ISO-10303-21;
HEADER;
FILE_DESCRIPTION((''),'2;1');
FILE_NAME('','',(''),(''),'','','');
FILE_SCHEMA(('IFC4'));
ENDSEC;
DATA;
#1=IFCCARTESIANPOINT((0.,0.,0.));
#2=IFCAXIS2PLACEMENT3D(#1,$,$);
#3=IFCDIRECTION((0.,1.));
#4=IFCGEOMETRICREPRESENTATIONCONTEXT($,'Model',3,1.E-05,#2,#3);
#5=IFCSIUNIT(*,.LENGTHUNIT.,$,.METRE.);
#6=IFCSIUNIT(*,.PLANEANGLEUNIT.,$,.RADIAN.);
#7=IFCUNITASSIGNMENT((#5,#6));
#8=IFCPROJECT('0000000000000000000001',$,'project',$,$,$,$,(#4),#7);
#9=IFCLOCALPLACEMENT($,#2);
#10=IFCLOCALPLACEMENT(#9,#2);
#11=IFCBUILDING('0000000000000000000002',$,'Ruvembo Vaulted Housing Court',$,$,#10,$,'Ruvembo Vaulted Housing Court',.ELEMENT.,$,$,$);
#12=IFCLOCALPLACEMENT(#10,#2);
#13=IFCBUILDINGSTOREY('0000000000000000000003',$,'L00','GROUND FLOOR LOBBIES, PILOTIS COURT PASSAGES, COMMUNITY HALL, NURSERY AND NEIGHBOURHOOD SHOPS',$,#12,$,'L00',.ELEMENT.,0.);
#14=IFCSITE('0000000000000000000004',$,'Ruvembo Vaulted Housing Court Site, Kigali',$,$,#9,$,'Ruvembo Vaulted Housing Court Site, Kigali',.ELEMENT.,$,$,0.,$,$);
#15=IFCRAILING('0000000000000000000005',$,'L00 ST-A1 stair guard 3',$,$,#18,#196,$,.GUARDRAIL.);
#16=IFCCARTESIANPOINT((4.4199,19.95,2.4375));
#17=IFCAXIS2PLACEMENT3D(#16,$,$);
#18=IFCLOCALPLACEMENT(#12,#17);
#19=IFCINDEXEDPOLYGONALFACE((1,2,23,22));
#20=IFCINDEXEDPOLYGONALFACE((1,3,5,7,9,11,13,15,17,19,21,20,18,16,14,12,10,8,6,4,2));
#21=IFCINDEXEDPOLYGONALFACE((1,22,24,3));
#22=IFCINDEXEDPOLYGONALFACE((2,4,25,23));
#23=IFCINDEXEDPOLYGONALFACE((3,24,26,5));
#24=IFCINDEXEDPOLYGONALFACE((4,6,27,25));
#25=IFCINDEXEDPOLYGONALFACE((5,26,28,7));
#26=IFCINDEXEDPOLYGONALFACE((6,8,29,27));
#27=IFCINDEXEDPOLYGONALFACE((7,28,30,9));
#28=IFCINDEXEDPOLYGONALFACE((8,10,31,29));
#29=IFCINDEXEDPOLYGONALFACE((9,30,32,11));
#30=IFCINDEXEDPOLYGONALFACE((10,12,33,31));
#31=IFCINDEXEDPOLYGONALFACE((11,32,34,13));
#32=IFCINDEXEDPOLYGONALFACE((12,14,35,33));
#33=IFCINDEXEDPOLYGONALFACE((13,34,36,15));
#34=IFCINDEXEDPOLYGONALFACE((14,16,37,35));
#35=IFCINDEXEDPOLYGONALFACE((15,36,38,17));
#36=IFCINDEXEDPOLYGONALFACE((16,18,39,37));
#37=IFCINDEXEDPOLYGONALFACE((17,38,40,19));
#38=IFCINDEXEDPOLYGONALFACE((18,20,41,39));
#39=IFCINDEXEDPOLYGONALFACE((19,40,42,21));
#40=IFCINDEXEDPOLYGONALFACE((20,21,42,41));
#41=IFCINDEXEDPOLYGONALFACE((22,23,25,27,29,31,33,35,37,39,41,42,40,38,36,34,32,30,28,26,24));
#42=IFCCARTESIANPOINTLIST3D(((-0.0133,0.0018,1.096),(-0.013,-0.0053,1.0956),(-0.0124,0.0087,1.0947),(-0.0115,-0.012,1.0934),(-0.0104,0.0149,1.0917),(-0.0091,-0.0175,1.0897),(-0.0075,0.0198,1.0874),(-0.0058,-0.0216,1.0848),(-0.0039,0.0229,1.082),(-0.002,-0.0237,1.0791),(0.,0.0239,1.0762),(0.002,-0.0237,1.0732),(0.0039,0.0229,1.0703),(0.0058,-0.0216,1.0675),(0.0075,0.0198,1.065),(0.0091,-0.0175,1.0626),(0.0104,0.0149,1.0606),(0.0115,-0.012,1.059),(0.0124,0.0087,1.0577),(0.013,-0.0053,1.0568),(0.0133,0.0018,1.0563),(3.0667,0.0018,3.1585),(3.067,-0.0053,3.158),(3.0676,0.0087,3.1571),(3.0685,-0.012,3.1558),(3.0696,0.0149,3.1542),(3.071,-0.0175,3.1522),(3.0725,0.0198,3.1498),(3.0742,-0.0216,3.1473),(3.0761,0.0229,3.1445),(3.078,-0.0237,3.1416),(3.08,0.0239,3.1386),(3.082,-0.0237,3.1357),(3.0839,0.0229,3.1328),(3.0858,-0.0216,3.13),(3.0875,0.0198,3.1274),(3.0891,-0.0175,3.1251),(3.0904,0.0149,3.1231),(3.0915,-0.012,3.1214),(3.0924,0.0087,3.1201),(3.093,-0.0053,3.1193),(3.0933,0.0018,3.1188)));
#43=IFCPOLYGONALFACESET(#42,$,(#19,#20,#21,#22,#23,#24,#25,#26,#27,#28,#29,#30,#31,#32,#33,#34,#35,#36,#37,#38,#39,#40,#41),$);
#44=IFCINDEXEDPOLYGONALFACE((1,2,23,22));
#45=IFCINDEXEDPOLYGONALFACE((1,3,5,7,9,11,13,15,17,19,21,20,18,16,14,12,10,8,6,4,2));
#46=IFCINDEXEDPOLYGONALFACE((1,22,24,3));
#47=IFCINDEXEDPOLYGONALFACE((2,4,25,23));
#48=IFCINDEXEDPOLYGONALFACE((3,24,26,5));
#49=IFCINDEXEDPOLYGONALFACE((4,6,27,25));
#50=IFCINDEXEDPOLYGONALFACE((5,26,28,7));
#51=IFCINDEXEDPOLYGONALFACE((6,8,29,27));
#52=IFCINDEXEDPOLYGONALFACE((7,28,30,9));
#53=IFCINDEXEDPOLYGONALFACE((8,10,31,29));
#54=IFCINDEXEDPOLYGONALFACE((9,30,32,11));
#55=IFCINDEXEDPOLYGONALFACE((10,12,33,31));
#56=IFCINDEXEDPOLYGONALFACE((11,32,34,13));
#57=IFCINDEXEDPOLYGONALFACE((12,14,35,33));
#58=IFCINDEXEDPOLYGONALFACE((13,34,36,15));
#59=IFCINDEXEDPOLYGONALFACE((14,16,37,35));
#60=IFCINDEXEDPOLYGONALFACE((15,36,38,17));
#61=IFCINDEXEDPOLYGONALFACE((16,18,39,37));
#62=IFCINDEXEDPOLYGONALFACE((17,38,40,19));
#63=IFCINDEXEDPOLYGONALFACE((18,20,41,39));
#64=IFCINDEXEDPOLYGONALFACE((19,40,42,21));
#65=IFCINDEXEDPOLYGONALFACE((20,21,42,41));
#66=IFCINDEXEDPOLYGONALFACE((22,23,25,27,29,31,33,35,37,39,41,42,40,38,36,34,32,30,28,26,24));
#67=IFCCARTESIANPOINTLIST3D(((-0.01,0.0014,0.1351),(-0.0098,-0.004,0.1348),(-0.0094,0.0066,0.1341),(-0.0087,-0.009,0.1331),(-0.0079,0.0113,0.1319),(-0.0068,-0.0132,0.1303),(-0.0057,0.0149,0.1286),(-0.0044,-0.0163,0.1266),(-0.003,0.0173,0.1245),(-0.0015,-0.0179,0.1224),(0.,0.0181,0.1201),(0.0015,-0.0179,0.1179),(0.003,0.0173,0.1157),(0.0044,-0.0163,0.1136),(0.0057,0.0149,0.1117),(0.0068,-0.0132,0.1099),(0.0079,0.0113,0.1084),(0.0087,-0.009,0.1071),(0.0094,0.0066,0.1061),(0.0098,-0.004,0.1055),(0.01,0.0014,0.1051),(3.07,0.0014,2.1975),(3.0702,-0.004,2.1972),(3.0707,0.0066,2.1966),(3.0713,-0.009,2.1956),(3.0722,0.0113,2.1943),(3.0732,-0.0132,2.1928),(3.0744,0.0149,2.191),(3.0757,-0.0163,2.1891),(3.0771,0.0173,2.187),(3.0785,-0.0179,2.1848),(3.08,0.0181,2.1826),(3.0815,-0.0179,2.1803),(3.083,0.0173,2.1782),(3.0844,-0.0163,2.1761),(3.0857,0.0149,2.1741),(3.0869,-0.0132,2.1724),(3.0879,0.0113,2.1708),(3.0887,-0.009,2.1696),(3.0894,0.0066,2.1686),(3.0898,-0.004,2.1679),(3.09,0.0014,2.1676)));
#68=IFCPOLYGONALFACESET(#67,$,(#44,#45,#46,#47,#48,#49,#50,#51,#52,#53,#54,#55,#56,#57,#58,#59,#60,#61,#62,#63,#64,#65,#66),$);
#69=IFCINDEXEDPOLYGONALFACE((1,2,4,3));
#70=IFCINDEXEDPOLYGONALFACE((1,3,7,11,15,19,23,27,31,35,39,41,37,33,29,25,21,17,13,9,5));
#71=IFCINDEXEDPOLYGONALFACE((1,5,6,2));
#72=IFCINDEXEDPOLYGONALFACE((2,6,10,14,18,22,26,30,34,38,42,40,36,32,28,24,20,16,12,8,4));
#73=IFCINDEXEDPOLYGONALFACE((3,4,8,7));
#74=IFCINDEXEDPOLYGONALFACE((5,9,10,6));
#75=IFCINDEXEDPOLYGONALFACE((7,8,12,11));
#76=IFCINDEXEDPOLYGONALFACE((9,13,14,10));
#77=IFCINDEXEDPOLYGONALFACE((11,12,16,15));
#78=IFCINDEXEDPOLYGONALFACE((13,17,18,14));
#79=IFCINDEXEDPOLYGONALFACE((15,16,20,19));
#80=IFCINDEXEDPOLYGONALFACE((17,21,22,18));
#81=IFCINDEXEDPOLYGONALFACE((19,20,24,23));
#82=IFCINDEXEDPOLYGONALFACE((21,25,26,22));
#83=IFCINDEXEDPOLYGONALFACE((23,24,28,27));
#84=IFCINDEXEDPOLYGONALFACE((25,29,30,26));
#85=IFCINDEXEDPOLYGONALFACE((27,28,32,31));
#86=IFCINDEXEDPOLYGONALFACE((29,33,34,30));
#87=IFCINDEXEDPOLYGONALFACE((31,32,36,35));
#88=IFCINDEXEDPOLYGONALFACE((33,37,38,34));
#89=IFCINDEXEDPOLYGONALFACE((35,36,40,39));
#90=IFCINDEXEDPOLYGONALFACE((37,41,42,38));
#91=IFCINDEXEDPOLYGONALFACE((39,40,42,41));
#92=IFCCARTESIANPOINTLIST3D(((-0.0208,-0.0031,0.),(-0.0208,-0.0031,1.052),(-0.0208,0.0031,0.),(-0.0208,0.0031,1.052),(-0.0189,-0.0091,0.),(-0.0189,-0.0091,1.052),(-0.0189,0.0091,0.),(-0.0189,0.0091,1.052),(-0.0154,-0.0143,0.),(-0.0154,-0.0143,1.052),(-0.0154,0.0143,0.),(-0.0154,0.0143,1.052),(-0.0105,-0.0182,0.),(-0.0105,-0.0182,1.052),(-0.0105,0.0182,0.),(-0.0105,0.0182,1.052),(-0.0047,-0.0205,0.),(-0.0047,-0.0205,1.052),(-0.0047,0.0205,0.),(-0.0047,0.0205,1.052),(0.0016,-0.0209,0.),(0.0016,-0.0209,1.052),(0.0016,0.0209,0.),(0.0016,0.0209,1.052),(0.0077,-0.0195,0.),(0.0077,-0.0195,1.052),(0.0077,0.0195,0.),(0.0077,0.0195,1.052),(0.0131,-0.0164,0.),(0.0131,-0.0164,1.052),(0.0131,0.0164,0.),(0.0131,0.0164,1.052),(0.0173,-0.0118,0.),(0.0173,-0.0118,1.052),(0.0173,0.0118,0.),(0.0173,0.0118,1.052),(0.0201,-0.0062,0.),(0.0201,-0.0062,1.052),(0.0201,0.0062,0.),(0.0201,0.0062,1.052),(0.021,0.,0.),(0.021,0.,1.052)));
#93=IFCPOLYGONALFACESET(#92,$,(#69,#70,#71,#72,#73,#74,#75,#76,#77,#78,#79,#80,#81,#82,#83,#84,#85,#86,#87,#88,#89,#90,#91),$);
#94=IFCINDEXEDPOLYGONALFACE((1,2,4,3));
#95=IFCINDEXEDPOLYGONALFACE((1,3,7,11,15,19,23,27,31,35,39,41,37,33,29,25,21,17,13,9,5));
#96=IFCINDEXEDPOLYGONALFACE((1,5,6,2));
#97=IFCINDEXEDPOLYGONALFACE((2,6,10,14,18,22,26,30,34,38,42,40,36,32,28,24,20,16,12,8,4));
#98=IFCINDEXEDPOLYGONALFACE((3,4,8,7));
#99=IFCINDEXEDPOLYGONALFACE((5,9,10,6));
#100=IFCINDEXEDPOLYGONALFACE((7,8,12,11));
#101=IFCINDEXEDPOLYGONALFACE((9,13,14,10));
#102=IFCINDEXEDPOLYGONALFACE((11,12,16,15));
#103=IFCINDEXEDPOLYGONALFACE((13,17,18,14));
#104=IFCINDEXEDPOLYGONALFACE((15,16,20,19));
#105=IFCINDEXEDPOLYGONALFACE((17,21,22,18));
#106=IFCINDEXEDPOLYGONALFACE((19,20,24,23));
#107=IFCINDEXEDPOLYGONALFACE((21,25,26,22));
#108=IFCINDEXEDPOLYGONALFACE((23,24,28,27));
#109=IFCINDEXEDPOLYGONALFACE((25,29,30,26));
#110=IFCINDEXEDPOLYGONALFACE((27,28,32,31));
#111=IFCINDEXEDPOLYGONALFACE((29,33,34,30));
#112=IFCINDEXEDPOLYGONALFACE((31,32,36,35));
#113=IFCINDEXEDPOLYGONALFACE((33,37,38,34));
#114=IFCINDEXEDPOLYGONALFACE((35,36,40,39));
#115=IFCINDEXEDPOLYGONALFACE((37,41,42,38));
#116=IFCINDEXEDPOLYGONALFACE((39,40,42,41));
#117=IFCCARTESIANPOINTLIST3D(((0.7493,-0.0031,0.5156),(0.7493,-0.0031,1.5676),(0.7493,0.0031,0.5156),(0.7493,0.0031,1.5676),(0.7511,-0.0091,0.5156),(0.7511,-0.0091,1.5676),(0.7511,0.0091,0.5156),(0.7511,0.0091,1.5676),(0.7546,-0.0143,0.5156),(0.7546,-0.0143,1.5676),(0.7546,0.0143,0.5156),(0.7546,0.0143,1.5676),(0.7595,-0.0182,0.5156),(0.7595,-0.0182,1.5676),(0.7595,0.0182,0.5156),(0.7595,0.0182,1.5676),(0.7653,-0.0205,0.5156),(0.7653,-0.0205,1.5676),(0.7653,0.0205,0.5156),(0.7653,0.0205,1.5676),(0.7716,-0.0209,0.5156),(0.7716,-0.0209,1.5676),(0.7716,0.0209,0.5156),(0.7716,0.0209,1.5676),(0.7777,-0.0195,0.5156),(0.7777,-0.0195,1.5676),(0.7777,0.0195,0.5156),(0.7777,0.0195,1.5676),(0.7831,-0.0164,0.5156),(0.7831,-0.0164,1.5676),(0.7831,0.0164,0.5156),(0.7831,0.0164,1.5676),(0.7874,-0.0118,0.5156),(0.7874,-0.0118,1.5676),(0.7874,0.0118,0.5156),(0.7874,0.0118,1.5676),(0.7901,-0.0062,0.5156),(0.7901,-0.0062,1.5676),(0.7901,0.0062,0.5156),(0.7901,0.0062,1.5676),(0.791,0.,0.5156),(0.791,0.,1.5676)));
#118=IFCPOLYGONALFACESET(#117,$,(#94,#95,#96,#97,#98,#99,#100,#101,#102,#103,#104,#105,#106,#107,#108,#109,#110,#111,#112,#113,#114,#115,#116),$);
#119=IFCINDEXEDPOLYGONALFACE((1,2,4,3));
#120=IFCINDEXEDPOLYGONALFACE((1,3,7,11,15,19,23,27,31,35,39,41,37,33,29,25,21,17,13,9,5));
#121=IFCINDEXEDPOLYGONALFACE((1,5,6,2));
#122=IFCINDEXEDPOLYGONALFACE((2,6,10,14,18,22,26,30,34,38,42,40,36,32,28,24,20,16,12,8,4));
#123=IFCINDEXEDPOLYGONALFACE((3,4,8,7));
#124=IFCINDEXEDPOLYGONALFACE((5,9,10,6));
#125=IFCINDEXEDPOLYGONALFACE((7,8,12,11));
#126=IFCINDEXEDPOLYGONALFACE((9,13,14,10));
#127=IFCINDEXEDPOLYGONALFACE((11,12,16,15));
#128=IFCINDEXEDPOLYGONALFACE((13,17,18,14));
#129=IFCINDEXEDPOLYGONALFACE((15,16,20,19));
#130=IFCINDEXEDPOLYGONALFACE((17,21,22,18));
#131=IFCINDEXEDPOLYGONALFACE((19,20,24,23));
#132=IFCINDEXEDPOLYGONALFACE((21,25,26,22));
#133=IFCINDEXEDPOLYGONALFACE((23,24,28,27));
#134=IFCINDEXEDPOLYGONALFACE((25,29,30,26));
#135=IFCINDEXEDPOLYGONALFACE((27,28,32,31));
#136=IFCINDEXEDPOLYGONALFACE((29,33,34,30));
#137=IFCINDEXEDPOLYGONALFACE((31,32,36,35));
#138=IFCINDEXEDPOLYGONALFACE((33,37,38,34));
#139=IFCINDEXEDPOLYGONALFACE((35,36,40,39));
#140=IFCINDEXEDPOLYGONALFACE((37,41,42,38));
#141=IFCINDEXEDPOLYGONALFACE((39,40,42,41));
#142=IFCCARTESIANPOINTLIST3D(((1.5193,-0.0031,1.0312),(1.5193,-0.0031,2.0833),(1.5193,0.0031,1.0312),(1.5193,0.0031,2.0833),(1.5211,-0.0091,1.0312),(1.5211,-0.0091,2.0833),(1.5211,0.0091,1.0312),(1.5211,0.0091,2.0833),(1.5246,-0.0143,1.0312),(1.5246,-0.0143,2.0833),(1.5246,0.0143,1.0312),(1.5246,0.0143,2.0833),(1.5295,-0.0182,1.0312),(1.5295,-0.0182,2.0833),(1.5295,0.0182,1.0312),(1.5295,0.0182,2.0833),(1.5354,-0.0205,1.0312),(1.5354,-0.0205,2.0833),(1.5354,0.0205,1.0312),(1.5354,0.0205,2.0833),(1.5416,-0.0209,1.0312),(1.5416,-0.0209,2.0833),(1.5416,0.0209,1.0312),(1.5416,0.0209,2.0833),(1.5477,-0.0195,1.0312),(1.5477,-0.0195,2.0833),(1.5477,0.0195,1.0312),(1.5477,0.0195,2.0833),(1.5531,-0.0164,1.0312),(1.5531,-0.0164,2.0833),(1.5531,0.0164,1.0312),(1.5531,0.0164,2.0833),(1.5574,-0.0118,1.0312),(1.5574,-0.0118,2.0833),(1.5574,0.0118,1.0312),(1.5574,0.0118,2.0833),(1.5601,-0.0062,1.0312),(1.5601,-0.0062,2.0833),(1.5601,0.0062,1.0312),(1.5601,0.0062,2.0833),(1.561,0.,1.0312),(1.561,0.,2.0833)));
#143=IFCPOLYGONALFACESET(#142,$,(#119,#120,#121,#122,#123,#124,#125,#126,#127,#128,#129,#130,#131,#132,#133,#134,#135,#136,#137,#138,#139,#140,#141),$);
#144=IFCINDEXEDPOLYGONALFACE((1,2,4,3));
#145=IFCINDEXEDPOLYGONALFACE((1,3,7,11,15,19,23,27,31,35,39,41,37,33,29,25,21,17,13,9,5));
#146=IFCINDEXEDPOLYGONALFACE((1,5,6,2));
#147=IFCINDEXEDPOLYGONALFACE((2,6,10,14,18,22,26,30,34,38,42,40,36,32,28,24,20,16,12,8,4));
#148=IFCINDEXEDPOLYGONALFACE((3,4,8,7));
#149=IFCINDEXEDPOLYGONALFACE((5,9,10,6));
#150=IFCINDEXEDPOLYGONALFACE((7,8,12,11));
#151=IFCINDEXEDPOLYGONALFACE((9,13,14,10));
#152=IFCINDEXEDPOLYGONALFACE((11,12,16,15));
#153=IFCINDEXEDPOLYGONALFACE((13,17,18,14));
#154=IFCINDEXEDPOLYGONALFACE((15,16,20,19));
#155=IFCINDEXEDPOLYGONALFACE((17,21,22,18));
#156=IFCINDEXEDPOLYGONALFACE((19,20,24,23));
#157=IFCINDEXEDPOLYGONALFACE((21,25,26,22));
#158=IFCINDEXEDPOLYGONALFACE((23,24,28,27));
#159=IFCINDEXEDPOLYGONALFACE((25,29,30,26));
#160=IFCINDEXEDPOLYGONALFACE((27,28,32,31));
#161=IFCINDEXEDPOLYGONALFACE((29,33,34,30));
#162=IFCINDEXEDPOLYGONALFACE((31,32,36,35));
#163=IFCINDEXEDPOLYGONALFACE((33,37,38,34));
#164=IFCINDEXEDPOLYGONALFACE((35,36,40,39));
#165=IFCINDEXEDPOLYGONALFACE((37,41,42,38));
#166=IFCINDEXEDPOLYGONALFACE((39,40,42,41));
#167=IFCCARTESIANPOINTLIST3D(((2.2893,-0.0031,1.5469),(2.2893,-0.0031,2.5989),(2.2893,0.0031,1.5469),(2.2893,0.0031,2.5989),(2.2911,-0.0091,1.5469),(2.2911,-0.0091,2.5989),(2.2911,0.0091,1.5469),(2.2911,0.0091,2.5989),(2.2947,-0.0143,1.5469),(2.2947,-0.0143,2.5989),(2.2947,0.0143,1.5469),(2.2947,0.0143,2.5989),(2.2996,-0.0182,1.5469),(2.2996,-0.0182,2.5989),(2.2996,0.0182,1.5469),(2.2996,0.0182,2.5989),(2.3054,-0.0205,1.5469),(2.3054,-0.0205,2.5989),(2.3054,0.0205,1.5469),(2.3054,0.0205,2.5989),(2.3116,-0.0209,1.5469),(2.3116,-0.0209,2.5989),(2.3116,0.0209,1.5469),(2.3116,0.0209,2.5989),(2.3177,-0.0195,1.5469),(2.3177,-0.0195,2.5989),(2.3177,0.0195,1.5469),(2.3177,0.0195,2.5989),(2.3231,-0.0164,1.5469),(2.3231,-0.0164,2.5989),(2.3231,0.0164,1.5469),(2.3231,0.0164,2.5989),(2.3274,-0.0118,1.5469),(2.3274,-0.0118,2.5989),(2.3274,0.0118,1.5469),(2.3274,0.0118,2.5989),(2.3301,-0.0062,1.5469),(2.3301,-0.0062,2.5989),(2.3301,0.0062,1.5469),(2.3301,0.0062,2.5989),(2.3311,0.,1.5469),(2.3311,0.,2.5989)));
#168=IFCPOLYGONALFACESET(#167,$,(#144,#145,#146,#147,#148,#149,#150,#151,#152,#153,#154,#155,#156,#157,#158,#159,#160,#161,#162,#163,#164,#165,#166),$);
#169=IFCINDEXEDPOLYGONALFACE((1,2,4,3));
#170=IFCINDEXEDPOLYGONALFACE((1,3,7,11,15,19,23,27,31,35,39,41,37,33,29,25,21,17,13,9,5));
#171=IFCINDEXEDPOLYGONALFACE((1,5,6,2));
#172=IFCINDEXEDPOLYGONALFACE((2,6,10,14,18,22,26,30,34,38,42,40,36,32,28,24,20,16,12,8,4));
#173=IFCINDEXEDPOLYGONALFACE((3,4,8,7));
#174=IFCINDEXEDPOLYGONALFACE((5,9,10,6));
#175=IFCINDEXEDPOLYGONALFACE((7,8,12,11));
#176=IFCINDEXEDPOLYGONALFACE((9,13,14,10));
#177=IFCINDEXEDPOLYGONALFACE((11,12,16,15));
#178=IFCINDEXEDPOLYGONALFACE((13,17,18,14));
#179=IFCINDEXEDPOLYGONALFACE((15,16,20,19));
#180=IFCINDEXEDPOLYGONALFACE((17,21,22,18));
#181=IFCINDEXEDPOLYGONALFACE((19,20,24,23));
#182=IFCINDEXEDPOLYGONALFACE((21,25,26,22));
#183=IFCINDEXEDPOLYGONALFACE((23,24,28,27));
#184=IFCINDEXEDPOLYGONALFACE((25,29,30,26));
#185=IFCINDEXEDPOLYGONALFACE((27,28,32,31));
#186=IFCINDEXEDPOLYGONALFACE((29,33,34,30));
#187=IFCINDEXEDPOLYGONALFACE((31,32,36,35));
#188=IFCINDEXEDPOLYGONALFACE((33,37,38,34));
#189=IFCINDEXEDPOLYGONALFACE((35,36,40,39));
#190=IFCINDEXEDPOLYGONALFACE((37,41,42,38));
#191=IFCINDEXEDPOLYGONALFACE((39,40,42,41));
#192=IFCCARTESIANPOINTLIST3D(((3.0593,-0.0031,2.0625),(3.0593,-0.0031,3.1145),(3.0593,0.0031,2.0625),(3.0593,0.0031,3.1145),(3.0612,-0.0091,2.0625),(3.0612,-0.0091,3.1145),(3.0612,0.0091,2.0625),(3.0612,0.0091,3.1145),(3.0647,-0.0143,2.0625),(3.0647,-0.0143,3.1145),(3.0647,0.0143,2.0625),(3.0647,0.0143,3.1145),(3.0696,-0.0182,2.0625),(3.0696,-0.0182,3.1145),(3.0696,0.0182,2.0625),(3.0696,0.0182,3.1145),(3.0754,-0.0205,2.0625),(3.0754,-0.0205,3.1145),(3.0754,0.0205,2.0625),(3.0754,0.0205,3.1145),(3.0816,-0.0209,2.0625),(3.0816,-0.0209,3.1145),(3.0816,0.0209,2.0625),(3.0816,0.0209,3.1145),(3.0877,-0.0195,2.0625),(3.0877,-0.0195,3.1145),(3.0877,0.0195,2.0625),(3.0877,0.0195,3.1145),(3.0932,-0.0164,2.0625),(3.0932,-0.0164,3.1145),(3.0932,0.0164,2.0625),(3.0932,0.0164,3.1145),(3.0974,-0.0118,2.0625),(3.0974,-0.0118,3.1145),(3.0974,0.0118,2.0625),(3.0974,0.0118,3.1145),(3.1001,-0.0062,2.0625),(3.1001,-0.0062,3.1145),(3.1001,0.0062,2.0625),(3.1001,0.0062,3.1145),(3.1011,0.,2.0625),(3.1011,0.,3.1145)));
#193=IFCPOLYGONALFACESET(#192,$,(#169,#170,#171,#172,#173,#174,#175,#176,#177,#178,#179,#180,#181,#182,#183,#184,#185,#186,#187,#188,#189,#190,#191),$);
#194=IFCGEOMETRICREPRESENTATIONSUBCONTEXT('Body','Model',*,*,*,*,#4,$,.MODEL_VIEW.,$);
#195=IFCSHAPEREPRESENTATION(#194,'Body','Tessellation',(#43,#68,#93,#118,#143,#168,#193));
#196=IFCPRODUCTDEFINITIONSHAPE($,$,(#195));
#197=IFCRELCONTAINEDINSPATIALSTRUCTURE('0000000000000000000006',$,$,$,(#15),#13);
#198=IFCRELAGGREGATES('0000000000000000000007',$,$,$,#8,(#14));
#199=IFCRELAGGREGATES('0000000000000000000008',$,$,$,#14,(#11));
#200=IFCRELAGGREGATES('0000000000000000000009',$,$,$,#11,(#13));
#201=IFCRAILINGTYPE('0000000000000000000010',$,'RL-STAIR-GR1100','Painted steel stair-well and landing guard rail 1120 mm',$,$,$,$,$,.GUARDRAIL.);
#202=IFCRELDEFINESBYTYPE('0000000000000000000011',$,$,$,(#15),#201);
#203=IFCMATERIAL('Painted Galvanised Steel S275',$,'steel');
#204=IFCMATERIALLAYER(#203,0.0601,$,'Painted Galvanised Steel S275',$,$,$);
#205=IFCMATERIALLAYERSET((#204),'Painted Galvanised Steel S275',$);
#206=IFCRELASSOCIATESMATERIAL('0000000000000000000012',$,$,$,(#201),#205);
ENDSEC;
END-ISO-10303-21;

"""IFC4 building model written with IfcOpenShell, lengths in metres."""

from ifc_helpers import new_model, si_unit, direction, frame, origin, origin_2d, place, context, subcontext, project, spatial, circle, extrude, material, layer, layer_set, type_object, element, save


model = new_model("IFC4")

# Units and contexts
model_context = context("Model", 3, precision=1e-05, world=origin(), true_north=direction((0.0, 1.0)))
body_context = subcontext(model_context, "Body", "Model", "MODEL_VIEW")
ifc_project = project(units=[si_unit("LENGTHUNIT", "METRE"), si_unit("PLANEANGLEUNIT", "RADIAN")], contexts=[model_context])

# Site, building, storey
site_placement = place(None, origin())
site = spatial("IfcSite", under=ifc_project, at=site_placement, Name="Ruvembo Vaulted Housing Court Site, Kigali", LongName="Ruvembo Vaulted Housing Court Site, Kigali", CompositionType="ELEMENT", RefElevation=0.0)
building_placement = place(site_placement, origin())
building = spatial("IfcBuilding", under=site, at=building_placement, Name="Ruvembo Vaulted Housing Court", LongName="Ruvembo Vaulted Housing Court", CompositionType="ELEMENT")
storey_placement = place(building_placement, origin())
storey = spatial("IfcBuildingStorey", under=building, at=storey_placement, Name="L00", Description="GROUND FLOOR LOBBIES, PILOTIS COURT PASSAGES, COMMUNITY HALL, NURSERY AND NEIGHBOURHOOD SHOPS", LongName="L00", CompositionType="ELEMENT", Elevation=0.0)

# Railing
ifc_material_1 = material(Name="Painted Galvanised Steel S275", Category="steel")
ifc_layer_1 = layer(ifc_material_1, 0.0601, Name="Painted Galvanised Steel S275")
ifc_layer_set_1 = layer_set([ifc_layer_1], Name="Painted Galvanised Steel S275")
railing_type_1 = type_object("IfcRailingType", Name="RL-STAIR-GR1100", Description="Painted steel stair-well and landing guard rail 1120 mm", PredefinedType="GUARDRAIL", material=ifc_layer_set_1)
railing_1_placement = place(storey_placement, frame((4.4199, 19.95, 2.4375)))
element("IfcRailing", 1, at=railing_1_placement, inside=storey, type_object=railing_type_1, Name="L00 ST-A1 stair guard 3", PredefinedType="GUARDRAIL", context=body_context, shape_type="SweptSolid", body=[
    extrude(circle(Radius=0.0239, at=origin_2d()), frame((0.0, 0.0, 1.0762), z_axis=(0.830914, 0.0, 0.556401), x_axis=(0.0, 1.0, 0.0)), (0.0, 0.0, 1.0), 3.7068),
    extrude(circle(Radius=0.0181, at=origin_2d()), frame((0.0, 0.0, 0.1201), z_axis=(0.830914, 0.0, 0.556401), x_axis=(0.0, 1.0, 0.0)), (0.0, 0.0, 1.0), 3.7068),
    extrude(circle(Radius=0.021, at=origin_2d()), origin(), (0.0, 0.0, 1.0), 1.052),
    extrude(circle(Radius=0.021, at=origin_2d()), frame((0.77, 0.0, 0.5156)), (0.0, 0.0, 1.0), 1.052),
    extrude(circle(Radius=0.021, at=origin_2d()), frame((1.54, 0.0, 1.0312)), (0.0, 0.0, 1.0), 1.052),
    extrude(circle(Radius=0.021, at=origin_2d()), frame((2.3101, 0.0, 1.5469)), (0.0, 0.0, 1.0), 1.052),
    extrude(circle(Radius=0.021, at=origin_2d()), frame((3.0801, 0.0, 2.0625)), (0.0, 0.0, 1.0), 1.052),
])

save(model, "model.ifc")
